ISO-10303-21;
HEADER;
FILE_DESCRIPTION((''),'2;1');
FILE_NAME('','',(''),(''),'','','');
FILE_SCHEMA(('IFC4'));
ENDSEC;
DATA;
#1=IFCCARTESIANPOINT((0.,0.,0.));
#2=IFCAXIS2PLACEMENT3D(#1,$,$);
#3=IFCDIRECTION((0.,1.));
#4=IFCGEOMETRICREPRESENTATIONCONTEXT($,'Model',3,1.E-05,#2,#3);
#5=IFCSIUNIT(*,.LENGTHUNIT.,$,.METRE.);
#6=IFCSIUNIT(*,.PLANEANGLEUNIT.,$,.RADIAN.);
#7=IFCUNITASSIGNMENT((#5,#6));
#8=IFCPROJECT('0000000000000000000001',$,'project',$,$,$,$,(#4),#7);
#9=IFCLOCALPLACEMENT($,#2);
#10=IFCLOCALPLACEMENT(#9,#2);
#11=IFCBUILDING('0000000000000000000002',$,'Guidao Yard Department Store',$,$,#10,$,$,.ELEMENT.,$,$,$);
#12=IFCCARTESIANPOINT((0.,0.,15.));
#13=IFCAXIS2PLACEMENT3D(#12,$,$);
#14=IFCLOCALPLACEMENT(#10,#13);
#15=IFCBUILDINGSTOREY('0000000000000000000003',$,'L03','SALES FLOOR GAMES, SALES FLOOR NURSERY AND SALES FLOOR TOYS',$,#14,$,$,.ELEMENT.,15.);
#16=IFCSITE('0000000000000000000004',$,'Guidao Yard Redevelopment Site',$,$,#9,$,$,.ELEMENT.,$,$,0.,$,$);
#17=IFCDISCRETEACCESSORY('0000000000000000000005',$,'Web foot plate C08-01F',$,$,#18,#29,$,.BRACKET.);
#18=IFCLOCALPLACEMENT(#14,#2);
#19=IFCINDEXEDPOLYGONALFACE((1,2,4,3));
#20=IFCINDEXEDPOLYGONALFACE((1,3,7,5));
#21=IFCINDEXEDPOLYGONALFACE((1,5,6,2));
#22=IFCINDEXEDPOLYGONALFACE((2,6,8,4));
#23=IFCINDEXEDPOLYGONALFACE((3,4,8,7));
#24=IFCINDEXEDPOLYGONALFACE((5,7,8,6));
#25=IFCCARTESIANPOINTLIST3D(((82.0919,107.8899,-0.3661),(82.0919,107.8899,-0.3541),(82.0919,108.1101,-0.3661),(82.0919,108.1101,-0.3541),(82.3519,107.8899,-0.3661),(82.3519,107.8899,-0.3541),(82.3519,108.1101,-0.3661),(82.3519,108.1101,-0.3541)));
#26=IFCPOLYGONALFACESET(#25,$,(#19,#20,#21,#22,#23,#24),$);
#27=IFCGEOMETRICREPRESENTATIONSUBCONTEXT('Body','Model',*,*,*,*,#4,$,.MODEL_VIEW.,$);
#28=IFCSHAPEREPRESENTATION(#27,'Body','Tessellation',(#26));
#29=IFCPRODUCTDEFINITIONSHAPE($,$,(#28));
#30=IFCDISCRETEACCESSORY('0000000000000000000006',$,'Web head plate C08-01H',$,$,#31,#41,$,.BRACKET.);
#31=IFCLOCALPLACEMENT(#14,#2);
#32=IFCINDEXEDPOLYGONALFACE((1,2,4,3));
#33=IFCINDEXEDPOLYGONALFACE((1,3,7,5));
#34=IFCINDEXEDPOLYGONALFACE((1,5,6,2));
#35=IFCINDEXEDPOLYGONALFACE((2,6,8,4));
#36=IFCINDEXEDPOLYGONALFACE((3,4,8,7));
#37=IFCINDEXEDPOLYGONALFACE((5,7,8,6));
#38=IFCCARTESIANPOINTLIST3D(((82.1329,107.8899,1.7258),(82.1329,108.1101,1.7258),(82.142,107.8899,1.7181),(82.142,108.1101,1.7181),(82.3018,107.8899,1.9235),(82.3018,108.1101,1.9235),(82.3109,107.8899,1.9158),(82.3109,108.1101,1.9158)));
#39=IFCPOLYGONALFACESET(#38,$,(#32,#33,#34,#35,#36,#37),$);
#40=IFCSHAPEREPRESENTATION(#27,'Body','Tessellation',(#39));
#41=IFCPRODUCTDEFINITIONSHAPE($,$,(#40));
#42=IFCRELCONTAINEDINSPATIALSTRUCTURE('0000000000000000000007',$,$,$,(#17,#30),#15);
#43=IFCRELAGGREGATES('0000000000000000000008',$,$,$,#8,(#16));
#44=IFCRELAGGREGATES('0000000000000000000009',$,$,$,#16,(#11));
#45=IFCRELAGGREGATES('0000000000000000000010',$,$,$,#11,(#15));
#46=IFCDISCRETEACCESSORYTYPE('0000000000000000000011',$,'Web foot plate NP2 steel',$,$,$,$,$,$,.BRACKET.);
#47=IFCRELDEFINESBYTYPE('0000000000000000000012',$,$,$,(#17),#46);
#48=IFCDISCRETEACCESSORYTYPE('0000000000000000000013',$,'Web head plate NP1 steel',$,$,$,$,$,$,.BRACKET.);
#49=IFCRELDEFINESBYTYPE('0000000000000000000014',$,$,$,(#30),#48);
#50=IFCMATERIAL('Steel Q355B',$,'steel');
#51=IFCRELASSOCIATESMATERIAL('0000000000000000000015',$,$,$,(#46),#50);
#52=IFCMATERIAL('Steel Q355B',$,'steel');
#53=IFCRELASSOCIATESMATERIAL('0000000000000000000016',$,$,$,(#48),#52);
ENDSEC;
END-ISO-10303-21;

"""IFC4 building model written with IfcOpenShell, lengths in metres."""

from ifc_helpers import new_model, si_unit, direction, frame, origin, origin_2d, place, context, subcontext, project, spatial, rectangle, extrude, material, material_profile, profile_set, type_object, element, save


model = new_model("IFC4")

# Units and contexts
model_context = context("Model", 3, precision=1e-05, world=origin(), true_north=direction((0.0, 1.0)))
body_context = subcontext(model_context, "Body", "Model", "MODEL_VIEW")
ifc_project = project(units=[si_unit("LENGTHUNIT", "METRE"), si_unit("PLANEANGLEUNIT", "RADIAN")], contexts=[model_context])

# Site, building, storey
site_placement = place(None, origin())
site = spatial("IfcSite", under=ifc_project, at=site_placement, Name="Guidao Yard Redevelopment Site", CompositionType="ELEMENT", RefElevation=0.0)
building_placement = place(site_placement, origin())
building = spatial("IfcBuilding", under=site, at=building_placement, Name="Guidao Yard Department Store", CompositionType="ELEMENT")
storey_placement = place(building_placement, frame((0.0, 0.0, 15.0)))
storey = spatial("IfcBuildingStorey", under=building, at=storey_placement, Name="L03", Description="SALES FLOOR GAMES, SALES FLOOR NURSERY AND SALES FLOOR TOYS", CompositionType="ELEMENT", Elevation=15.0)

# Discrete accessories
ifc_material_1 = material(Name="Steel Q355B", Category="steel")
ifc_material_profile_1 = material_profile(ifc_material_1, rectangle(XDim=0.26, YDim=0.012, at=origin_2d()), Name="Node plate 260x12")
ifc_profile_set_1 = profile_set([ifc_material_profile_1], Name="Steel Q355B")
discrete_accessory_type_1 = type_object("IfcDiscreteAccessoryType", Name="Web foot plate NP2 steel", PredefinedType="BRACKET", material=ifc_profile_set_1)
discrete_accessory_1_placement = place(storey_placement, frame((82.2219, 107.8899, -0.3601), z_axis=(0.0, 1.0, 0.0), x_axis=(-1.0, 0.0, 0.0)))
element("IfcDiscreteAccessory", 1, at=discrete_accessory_1_placement, inside=storey, type_object=discrete_accessory_type_1, Name="Web foot plate C08-01F", PredefinedType="BRACKET", context=body_context, shape_type="SweptSolid", body=[
    extrude(rectangle(XDim=0.26, YDim=0.012, at=origin_2d()), origin(), (0.0, 0.0, 1.0), 0.2202),
])
ifc_material_2 = material(Name="Steel Q355B", Category="steel")
ifc_material_profile_2 = material_profile(ifc_material_2, rectangle(XDim=0.26, YDim=0.012, at=origin_2d()), Name="Node plate 260x12")
ifc_profile_set_2 = profile_set([ifc_material_profile_2], Name="Steel Q355B")
discrete_accessory_type_2 = type_object("IfcDiscreteAccessoryType", Name="Web head plate NP1 steel", PredefinedType="BRACKET", material=ifc_profile_set_2)
discrete_accessory_2_placement = place(storey_placement, frame((82.2219, 107.8899, 1.8208), z_axis=(0.0, 1.0, 0.0), x_axis=(-0.649537, 0.0, -0.76033)))
element("IfcDiscreteAccessory", 2, at=discrete_accessory_2_placement, inside=storey, type_object=discrete_accessory_type_2, Name="Web head plate C08-01H", PredefinedType="BRACKET", context=body_context, shape_type="SweptSolid", body=[
    extrude(rectangle(XDim=0.26, YDim=0.012, at=origin_2d()), origin(), (0.0, 0.0, 1.0), 0.2202),
])

save(model, "model.ifc")
